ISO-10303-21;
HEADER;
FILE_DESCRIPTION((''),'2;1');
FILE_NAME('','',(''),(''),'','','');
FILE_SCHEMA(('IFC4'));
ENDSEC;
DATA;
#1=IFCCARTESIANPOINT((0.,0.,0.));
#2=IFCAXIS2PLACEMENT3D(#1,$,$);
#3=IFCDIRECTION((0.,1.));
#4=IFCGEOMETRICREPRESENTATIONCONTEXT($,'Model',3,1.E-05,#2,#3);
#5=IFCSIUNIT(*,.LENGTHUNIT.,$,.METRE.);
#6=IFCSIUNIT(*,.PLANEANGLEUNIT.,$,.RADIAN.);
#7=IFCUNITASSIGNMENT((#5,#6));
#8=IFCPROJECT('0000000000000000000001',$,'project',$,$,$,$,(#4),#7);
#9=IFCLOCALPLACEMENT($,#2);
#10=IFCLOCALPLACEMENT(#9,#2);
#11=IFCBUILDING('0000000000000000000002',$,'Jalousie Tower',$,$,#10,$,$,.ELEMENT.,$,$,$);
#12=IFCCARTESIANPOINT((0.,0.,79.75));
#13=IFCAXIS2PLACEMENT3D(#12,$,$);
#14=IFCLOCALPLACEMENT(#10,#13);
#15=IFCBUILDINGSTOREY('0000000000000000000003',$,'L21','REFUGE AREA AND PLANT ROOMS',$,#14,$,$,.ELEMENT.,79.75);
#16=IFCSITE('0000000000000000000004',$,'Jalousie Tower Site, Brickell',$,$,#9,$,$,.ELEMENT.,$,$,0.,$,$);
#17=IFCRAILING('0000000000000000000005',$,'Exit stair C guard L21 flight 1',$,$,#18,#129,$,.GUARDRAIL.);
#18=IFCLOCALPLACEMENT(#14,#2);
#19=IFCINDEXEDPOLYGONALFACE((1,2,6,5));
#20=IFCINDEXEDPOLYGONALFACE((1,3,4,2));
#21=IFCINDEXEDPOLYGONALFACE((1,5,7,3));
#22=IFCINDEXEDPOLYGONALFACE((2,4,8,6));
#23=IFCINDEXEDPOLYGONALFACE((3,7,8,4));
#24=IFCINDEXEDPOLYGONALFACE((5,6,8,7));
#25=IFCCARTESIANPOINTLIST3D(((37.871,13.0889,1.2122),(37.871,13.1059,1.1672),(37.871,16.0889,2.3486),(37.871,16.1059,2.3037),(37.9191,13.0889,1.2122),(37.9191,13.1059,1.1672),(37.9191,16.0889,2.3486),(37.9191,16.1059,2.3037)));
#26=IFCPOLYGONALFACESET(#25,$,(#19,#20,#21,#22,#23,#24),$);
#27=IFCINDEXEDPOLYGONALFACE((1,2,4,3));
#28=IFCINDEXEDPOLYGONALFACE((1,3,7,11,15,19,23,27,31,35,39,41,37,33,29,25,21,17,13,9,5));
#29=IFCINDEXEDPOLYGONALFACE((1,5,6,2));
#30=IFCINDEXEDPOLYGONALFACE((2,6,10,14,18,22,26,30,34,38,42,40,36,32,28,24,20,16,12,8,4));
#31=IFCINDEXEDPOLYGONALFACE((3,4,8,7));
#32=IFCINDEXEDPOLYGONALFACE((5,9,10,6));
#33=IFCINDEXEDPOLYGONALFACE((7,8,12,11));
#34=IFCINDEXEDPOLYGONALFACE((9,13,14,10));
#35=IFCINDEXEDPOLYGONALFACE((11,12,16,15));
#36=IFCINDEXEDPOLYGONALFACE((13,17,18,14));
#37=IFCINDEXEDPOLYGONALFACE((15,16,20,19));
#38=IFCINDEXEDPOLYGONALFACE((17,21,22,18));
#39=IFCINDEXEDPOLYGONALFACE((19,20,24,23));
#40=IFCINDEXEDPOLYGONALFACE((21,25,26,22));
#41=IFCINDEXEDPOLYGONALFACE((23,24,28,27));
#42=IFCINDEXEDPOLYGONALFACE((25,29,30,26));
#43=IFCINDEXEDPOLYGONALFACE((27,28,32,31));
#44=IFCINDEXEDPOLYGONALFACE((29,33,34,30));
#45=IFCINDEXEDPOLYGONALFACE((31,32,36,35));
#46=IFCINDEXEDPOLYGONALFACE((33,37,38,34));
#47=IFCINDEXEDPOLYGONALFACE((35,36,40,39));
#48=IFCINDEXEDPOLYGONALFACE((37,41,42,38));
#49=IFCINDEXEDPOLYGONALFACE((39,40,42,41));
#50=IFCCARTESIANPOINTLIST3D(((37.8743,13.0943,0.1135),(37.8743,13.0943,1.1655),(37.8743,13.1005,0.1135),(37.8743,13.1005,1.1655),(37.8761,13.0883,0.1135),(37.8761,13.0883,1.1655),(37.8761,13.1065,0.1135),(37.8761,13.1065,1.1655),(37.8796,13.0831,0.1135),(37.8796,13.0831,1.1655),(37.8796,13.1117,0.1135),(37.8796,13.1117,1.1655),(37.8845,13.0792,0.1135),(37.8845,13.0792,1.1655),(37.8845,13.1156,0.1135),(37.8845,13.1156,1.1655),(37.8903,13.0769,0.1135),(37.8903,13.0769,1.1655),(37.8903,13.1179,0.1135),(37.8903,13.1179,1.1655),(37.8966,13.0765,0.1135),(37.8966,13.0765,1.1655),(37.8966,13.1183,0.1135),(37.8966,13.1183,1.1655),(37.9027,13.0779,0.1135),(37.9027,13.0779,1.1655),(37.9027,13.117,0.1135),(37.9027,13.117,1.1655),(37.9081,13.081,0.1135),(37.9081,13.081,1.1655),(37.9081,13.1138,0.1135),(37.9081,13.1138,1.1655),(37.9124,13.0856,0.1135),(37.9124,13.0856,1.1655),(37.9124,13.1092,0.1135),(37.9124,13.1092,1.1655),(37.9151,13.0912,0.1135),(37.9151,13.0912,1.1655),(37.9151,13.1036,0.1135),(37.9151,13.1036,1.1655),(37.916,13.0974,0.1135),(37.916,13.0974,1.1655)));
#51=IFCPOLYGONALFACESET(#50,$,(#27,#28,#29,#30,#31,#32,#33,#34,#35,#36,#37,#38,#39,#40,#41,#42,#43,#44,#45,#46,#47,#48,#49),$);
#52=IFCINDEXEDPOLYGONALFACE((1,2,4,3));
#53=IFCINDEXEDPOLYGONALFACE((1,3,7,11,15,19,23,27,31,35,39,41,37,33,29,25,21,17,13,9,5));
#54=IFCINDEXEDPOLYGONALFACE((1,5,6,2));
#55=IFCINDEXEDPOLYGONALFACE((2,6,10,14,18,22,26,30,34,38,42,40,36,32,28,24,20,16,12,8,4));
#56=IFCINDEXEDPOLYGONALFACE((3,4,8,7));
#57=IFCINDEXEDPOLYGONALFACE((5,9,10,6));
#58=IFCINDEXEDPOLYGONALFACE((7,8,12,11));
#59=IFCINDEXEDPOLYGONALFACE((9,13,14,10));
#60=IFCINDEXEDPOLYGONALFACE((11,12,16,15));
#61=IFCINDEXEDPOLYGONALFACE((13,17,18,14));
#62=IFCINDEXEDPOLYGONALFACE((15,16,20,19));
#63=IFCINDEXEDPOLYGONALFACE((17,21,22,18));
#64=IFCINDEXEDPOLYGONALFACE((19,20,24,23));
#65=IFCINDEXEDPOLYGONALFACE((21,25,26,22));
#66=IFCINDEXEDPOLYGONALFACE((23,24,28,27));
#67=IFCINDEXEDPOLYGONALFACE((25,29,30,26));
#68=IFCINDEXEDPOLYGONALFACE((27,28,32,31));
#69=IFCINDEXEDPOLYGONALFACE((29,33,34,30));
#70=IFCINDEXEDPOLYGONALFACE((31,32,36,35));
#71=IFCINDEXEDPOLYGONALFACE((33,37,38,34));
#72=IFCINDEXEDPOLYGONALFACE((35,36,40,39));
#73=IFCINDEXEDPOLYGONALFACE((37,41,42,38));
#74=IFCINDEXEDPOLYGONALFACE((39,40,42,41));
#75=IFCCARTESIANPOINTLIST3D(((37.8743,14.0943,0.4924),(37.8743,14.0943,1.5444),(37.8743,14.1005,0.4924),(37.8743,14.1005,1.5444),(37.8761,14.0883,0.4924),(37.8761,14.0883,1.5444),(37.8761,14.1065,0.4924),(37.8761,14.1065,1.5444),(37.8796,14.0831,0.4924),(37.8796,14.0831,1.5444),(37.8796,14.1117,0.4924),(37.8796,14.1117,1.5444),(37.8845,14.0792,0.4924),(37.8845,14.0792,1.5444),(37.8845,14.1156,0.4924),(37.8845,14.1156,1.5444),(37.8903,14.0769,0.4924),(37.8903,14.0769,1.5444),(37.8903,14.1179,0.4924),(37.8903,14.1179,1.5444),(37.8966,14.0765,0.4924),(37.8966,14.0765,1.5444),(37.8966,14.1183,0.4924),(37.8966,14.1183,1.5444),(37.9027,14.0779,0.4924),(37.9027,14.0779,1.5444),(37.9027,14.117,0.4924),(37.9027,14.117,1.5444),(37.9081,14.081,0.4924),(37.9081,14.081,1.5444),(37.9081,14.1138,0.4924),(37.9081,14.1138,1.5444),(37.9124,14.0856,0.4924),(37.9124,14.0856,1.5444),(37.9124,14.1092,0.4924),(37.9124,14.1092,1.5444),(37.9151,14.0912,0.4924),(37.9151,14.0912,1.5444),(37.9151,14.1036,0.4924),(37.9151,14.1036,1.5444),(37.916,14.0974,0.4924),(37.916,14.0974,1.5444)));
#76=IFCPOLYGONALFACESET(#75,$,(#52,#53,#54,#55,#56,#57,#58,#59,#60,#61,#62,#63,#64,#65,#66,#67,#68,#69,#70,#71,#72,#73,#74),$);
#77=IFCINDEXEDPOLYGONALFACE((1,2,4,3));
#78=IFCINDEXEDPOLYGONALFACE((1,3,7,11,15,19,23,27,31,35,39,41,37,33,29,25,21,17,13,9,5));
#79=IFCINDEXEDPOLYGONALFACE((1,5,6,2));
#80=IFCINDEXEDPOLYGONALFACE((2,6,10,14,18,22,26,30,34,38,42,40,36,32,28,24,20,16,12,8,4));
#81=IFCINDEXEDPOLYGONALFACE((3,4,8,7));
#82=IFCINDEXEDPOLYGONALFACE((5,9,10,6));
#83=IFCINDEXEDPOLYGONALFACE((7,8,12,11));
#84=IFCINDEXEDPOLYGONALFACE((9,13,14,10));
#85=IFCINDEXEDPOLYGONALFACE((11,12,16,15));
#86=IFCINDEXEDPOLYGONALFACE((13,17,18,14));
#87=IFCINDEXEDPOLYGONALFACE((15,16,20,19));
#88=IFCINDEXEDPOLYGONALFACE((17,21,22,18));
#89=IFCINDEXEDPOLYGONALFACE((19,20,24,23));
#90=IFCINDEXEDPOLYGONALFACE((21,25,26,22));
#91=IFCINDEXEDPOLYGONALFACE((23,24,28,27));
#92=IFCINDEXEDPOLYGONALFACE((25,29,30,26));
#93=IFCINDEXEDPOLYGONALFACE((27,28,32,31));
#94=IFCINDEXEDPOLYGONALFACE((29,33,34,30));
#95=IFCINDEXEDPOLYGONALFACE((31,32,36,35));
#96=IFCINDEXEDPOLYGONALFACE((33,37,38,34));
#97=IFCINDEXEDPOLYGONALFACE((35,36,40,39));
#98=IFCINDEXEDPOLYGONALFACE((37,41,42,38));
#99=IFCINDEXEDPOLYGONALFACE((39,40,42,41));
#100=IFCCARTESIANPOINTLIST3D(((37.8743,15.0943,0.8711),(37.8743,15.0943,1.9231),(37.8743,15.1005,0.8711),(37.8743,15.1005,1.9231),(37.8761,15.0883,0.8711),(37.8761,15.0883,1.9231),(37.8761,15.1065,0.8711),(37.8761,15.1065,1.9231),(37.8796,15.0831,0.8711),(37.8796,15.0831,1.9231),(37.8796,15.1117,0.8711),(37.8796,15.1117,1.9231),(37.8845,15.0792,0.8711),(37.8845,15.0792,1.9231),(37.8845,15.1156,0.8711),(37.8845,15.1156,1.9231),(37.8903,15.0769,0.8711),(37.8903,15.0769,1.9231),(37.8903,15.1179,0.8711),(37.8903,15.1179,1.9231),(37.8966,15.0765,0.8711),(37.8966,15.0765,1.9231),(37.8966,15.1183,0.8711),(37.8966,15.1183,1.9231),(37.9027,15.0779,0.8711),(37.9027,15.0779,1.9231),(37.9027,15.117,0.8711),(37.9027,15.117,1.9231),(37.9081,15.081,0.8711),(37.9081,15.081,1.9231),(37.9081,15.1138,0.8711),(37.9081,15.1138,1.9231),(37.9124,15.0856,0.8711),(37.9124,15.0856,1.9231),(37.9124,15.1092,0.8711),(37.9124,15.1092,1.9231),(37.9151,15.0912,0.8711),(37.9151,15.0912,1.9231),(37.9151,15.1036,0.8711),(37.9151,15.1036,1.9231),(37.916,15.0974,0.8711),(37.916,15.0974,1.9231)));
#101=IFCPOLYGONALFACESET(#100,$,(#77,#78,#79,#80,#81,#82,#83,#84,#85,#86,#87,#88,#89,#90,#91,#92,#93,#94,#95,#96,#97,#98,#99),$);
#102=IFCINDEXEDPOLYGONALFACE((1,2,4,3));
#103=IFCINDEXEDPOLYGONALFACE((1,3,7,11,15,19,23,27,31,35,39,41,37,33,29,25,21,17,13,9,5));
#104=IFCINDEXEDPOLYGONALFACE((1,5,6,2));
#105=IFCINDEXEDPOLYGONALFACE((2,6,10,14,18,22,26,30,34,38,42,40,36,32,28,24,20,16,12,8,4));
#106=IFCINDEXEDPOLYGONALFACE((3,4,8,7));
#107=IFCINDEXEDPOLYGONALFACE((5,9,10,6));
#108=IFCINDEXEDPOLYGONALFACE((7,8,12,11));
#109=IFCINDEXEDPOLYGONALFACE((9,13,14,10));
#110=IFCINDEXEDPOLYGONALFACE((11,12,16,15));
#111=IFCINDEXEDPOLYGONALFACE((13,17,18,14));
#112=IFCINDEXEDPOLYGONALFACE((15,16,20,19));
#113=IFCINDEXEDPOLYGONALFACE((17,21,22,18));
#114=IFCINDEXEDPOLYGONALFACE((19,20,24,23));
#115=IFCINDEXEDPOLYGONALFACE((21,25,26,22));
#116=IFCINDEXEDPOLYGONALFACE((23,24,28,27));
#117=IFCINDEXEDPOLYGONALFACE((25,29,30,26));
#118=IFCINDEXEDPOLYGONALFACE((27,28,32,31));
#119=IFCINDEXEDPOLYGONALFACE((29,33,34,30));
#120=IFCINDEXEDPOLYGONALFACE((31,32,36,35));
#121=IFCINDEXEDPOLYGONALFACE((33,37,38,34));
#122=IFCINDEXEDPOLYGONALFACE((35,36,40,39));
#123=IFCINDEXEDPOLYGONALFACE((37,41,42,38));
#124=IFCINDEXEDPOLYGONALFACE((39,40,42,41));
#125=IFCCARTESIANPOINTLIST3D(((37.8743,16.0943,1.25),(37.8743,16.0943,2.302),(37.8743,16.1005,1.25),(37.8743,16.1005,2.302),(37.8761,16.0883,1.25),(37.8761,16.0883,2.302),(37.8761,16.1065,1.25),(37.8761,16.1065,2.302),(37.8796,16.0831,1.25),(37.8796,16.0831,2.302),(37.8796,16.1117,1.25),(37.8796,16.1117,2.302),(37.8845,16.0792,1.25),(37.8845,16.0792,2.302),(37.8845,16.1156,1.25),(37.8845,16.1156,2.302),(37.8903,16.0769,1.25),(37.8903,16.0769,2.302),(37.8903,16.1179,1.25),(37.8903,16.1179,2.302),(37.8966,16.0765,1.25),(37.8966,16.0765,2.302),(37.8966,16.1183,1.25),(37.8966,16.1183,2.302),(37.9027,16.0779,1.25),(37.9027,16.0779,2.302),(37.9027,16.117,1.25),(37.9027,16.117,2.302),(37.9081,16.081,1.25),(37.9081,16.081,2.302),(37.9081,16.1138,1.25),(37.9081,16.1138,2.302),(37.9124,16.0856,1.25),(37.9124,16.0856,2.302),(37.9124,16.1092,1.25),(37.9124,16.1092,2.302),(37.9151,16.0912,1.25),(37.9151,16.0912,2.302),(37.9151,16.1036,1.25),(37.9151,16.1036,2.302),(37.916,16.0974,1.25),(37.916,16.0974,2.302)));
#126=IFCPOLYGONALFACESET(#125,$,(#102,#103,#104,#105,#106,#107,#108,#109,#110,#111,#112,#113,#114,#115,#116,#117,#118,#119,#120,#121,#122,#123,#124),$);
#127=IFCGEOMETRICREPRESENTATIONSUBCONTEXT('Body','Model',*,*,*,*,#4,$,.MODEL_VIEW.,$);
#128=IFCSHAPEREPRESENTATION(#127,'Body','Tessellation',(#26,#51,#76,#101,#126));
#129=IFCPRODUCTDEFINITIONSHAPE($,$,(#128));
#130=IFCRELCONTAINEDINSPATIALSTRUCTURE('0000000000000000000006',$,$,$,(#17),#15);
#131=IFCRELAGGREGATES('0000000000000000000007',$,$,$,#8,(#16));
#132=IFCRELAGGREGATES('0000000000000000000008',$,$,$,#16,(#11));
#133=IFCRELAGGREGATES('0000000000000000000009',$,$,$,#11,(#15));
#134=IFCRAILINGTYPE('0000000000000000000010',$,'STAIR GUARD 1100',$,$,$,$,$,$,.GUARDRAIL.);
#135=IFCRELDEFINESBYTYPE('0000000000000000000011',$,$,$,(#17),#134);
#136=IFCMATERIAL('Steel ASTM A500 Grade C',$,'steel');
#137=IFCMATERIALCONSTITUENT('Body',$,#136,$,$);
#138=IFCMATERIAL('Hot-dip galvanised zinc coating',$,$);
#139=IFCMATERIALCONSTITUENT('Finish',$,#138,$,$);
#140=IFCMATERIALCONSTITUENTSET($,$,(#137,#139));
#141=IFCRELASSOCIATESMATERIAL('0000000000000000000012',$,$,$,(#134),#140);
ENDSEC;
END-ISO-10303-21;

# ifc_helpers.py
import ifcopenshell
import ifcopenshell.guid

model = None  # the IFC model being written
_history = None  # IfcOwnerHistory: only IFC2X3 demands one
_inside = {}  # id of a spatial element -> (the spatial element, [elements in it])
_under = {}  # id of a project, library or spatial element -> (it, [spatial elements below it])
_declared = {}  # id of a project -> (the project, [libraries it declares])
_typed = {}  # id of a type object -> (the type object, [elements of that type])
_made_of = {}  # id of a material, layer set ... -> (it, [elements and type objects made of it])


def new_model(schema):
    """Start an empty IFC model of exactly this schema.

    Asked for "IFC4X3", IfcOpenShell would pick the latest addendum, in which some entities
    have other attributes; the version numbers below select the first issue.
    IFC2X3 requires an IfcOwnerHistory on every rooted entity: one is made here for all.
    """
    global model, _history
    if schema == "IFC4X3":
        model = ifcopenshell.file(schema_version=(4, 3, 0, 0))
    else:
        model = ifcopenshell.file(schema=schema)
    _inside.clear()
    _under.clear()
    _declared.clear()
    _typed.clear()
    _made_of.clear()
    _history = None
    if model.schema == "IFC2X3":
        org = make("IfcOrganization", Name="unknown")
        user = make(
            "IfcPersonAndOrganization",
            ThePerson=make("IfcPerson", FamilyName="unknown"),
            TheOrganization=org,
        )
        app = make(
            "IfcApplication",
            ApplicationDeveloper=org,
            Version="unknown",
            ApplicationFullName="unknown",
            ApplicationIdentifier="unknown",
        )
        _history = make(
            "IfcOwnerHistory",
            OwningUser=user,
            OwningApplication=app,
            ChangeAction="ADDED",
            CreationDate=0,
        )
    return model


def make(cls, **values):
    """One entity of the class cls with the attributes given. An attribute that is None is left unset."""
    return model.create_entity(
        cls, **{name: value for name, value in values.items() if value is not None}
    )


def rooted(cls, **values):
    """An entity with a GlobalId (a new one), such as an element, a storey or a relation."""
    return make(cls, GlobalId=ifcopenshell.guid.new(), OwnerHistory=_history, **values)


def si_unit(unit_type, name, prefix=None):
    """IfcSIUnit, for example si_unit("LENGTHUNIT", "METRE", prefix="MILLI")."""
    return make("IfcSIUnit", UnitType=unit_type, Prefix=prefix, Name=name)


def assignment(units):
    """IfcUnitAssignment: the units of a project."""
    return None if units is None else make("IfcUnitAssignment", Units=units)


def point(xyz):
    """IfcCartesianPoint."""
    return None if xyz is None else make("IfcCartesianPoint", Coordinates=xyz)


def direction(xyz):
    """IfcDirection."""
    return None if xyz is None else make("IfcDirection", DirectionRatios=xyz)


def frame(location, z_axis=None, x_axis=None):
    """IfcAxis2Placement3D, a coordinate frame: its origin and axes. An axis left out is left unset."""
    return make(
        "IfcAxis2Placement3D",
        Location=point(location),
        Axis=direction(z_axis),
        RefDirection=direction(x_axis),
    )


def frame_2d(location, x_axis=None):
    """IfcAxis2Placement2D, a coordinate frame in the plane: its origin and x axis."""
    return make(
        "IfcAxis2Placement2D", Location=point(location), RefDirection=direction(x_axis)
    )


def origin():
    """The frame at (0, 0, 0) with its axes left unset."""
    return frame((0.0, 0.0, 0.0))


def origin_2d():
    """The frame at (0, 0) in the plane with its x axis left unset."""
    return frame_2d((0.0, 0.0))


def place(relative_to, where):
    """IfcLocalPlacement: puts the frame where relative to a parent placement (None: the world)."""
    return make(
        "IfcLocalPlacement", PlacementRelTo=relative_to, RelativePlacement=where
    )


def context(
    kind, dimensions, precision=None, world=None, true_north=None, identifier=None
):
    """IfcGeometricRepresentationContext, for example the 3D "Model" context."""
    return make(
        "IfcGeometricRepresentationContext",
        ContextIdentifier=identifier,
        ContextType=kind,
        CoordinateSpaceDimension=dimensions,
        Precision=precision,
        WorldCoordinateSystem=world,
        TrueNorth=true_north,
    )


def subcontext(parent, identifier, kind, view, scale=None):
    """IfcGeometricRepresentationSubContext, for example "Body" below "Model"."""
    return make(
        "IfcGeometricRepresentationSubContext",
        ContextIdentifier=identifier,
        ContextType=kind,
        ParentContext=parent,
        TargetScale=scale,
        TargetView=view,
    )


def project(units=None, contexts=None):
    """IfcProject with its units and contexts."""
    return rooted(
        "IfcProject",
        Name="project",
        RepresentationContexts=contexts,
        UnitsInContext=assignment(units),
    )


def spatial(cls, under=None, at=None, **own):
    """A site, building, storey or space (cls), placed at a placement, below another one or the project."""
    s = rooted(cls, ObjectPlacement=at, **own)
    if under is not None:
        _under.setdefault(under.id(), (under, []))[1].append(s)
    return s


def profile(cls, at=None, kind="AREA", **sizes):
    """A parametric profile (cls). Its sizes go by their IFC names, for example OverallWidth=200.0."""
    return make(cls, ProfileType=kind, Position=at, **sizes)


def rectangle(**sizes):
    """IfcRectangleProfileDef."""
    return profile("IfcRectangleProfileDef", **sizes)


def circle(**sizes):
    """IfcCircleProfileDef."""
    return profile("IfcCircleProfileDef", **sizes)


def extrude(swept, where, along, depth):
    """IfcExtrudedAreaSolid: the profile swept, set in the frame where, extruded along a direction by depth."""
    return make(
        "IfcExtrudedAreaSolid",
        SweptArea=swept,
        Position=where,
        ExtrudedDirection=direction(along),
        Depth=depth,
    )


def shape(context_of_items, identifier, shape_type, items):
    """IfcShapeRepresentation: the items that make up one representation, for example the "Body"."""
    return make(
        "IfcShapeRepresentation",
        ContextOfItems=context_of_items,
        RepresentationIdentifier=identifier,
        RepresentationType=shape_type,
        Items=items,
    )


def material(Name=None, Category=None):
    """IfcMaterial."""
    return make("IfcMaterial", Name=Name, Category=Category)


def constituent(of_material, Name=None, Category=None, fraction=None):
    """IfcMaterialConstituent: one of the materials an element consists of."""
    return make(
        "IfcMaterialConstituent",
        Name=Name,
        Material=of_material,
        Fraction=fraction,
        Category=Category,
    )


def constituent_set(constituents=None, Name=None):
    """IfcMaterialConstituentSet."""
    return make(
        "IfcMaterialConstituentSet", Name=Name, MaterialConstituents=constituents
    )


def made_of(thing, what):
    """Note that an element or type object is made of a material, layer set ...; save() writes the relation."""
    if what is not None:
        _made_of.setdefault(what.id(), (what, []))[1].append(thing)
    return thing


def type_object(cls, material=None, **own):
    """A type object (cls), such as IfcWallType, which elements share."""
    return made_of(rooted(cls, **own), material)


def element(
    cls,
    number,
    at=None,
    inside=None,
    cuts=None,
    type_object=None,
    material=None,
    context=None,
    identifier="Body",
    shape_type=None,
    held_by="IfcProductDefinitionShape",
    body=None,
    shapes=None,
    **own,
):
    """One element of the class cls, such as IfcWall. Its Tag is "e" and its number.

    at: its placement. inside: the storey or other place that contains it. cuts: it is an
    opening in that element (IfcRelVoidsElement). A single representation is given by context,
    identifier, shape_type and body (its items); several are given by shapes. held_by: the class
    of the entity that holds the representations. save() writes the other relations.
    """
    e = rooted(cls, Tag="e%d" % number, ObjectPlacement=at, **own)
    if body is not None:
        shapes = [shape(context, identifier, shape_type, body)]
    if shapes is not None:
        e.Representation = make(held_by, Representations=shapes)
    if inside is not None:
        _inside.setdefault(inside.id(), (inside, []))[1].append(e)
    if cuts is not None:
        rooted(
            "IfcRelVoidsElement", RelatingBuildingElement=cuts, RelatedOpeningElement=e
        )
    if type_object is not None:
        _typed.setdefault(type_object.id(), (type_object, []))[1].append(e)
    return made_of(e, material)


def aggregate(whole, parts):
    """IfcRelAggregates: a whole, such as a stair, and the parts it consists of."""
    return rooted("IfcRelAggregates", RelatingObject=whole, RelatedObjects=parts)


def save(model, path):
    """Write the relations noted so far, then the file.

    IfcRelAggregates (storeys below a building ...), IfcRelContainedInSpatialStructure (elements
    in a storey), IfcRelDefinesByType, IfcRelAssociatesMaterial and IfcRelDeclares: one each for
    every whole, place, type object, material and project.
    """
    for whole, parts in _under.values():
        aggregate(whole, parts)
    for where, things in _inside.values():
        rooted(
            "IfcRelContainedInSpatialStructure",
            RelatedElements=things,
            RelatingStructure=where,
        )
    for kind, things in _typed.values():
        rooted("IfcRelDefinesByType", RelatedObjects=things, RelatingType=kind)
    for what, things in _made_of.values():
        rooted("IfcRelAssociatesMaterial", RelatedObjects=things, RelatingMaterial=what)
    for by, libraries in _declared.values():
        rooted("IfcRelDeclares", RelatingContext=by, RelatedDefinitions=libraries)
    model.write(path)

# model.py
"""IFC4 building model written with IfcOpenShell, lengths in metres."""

from ifc_helpers import new_model, si_unit, direction, frame, origin, origin_2d, place, context, subcontext, project, spatial, rectangle, circle, extrude, material, constituent, constituent_set, type_object, element, save


model = new_model("IFC4")

# Units and contexts
model_context = context("Model", 3, precision=1e-05, world=origin(), true_north=direction((0.0, 1.0)))
body_context = subcontext(model_context, "Body", "Model", "MODEL_VIEW")
ifc_project = project(units=[si_unit("LENGTHUNIT", "METRE"), si_unit("PLANEANGLEUNIT", "RADIAN")], contexts=[model_context])

# Site, building, storey
site_placement = place(None, origin())
site = spatial("IfcSite", under=ifc_project, at=site_placement, Name="Jalousie Tower Site, Brickell", CompositionType="ELEMENT", RefElevation=0.0)
building_placement = place(site_placement, origin())
building = spatial("IfcBuilding", under=site, at=building_placement, Name="Jalousie Tower", CompositionType="ELEMENT")
storey_placement = place(building_placement, frame((0.0, 0.0, 79.75)))
storey = spatial("IfcBuildingStorey", under=building, at=storey_placement, Name="L21", Description="REFUGE AREA AND PLANT ROOMS", CompositionType="ELEMENT", Elevation=79.75)

# Railing
ifc_material_1 = material(Name="Steel ASTM A500 Grade C", Category="steel")
ifc_constituent_1 = constituent(ifc_material_1, Name="Body")
ifc_material_2 = material(Name="Hot-dip galvanised zinc coating")
ifc_constituent_2 = constituent(ifc_material_2, Name="Finish")
ifc_constituent_set_1 = constituent_set(constituents=[ifc_constituent_1, ifc_constituent_2])
railing_type_1 = type_object("IfcRailingType", Name="STAIR GUARD 1100", PredefinedType="GUARDRAIL", material=ifc_constituent_set_1)
railing_1_placement = place(storey_placement, frame((37.895, 13.0974, 0.1135)))
element("IfcRailing", 1, at=railing_1_placement, inside=storey, type_object=railing_type_1, Name="Exit stair C guard L21 flight 1", PredefinedType="GUARDRAIL", context=body_context, shape_type="SweptSolid", body=[
    extrude(rectangle(XDim=0.0481, YDim=0.0481, at=origin_2d()), frame((0.0, 0.0, 1.0762), z_axis=(0.0, 0.935148, 0.354257), x_axis=(-1.0, 0.0, 0.0)), (0.0, 0.0, 1.0), 3.208),
    extrude(circle(Radius=0.021, at=origin_2d()), origin(), (0.0, 0.0, 1.0), 1.052),
    extrude(circle(Radius=0.021, at=origin_2d()), frame((0.0, 1.0, 0.3789)), (0.0, 0.0, 1.0), 1.052),
    extrude(circle(Radius=0.021, at=origin_2d()), frame((0.0, 2.0, 0.7576)), (0.0, 0.0, 1.0), 1.052),
    extrude(circle(Radius=0.021, at=origin_2d()), frame((0.0, 3.0, 1.1365)), (0.0, 0.0, 1.0), 1.052),
])

save(model, "model.ifc")
